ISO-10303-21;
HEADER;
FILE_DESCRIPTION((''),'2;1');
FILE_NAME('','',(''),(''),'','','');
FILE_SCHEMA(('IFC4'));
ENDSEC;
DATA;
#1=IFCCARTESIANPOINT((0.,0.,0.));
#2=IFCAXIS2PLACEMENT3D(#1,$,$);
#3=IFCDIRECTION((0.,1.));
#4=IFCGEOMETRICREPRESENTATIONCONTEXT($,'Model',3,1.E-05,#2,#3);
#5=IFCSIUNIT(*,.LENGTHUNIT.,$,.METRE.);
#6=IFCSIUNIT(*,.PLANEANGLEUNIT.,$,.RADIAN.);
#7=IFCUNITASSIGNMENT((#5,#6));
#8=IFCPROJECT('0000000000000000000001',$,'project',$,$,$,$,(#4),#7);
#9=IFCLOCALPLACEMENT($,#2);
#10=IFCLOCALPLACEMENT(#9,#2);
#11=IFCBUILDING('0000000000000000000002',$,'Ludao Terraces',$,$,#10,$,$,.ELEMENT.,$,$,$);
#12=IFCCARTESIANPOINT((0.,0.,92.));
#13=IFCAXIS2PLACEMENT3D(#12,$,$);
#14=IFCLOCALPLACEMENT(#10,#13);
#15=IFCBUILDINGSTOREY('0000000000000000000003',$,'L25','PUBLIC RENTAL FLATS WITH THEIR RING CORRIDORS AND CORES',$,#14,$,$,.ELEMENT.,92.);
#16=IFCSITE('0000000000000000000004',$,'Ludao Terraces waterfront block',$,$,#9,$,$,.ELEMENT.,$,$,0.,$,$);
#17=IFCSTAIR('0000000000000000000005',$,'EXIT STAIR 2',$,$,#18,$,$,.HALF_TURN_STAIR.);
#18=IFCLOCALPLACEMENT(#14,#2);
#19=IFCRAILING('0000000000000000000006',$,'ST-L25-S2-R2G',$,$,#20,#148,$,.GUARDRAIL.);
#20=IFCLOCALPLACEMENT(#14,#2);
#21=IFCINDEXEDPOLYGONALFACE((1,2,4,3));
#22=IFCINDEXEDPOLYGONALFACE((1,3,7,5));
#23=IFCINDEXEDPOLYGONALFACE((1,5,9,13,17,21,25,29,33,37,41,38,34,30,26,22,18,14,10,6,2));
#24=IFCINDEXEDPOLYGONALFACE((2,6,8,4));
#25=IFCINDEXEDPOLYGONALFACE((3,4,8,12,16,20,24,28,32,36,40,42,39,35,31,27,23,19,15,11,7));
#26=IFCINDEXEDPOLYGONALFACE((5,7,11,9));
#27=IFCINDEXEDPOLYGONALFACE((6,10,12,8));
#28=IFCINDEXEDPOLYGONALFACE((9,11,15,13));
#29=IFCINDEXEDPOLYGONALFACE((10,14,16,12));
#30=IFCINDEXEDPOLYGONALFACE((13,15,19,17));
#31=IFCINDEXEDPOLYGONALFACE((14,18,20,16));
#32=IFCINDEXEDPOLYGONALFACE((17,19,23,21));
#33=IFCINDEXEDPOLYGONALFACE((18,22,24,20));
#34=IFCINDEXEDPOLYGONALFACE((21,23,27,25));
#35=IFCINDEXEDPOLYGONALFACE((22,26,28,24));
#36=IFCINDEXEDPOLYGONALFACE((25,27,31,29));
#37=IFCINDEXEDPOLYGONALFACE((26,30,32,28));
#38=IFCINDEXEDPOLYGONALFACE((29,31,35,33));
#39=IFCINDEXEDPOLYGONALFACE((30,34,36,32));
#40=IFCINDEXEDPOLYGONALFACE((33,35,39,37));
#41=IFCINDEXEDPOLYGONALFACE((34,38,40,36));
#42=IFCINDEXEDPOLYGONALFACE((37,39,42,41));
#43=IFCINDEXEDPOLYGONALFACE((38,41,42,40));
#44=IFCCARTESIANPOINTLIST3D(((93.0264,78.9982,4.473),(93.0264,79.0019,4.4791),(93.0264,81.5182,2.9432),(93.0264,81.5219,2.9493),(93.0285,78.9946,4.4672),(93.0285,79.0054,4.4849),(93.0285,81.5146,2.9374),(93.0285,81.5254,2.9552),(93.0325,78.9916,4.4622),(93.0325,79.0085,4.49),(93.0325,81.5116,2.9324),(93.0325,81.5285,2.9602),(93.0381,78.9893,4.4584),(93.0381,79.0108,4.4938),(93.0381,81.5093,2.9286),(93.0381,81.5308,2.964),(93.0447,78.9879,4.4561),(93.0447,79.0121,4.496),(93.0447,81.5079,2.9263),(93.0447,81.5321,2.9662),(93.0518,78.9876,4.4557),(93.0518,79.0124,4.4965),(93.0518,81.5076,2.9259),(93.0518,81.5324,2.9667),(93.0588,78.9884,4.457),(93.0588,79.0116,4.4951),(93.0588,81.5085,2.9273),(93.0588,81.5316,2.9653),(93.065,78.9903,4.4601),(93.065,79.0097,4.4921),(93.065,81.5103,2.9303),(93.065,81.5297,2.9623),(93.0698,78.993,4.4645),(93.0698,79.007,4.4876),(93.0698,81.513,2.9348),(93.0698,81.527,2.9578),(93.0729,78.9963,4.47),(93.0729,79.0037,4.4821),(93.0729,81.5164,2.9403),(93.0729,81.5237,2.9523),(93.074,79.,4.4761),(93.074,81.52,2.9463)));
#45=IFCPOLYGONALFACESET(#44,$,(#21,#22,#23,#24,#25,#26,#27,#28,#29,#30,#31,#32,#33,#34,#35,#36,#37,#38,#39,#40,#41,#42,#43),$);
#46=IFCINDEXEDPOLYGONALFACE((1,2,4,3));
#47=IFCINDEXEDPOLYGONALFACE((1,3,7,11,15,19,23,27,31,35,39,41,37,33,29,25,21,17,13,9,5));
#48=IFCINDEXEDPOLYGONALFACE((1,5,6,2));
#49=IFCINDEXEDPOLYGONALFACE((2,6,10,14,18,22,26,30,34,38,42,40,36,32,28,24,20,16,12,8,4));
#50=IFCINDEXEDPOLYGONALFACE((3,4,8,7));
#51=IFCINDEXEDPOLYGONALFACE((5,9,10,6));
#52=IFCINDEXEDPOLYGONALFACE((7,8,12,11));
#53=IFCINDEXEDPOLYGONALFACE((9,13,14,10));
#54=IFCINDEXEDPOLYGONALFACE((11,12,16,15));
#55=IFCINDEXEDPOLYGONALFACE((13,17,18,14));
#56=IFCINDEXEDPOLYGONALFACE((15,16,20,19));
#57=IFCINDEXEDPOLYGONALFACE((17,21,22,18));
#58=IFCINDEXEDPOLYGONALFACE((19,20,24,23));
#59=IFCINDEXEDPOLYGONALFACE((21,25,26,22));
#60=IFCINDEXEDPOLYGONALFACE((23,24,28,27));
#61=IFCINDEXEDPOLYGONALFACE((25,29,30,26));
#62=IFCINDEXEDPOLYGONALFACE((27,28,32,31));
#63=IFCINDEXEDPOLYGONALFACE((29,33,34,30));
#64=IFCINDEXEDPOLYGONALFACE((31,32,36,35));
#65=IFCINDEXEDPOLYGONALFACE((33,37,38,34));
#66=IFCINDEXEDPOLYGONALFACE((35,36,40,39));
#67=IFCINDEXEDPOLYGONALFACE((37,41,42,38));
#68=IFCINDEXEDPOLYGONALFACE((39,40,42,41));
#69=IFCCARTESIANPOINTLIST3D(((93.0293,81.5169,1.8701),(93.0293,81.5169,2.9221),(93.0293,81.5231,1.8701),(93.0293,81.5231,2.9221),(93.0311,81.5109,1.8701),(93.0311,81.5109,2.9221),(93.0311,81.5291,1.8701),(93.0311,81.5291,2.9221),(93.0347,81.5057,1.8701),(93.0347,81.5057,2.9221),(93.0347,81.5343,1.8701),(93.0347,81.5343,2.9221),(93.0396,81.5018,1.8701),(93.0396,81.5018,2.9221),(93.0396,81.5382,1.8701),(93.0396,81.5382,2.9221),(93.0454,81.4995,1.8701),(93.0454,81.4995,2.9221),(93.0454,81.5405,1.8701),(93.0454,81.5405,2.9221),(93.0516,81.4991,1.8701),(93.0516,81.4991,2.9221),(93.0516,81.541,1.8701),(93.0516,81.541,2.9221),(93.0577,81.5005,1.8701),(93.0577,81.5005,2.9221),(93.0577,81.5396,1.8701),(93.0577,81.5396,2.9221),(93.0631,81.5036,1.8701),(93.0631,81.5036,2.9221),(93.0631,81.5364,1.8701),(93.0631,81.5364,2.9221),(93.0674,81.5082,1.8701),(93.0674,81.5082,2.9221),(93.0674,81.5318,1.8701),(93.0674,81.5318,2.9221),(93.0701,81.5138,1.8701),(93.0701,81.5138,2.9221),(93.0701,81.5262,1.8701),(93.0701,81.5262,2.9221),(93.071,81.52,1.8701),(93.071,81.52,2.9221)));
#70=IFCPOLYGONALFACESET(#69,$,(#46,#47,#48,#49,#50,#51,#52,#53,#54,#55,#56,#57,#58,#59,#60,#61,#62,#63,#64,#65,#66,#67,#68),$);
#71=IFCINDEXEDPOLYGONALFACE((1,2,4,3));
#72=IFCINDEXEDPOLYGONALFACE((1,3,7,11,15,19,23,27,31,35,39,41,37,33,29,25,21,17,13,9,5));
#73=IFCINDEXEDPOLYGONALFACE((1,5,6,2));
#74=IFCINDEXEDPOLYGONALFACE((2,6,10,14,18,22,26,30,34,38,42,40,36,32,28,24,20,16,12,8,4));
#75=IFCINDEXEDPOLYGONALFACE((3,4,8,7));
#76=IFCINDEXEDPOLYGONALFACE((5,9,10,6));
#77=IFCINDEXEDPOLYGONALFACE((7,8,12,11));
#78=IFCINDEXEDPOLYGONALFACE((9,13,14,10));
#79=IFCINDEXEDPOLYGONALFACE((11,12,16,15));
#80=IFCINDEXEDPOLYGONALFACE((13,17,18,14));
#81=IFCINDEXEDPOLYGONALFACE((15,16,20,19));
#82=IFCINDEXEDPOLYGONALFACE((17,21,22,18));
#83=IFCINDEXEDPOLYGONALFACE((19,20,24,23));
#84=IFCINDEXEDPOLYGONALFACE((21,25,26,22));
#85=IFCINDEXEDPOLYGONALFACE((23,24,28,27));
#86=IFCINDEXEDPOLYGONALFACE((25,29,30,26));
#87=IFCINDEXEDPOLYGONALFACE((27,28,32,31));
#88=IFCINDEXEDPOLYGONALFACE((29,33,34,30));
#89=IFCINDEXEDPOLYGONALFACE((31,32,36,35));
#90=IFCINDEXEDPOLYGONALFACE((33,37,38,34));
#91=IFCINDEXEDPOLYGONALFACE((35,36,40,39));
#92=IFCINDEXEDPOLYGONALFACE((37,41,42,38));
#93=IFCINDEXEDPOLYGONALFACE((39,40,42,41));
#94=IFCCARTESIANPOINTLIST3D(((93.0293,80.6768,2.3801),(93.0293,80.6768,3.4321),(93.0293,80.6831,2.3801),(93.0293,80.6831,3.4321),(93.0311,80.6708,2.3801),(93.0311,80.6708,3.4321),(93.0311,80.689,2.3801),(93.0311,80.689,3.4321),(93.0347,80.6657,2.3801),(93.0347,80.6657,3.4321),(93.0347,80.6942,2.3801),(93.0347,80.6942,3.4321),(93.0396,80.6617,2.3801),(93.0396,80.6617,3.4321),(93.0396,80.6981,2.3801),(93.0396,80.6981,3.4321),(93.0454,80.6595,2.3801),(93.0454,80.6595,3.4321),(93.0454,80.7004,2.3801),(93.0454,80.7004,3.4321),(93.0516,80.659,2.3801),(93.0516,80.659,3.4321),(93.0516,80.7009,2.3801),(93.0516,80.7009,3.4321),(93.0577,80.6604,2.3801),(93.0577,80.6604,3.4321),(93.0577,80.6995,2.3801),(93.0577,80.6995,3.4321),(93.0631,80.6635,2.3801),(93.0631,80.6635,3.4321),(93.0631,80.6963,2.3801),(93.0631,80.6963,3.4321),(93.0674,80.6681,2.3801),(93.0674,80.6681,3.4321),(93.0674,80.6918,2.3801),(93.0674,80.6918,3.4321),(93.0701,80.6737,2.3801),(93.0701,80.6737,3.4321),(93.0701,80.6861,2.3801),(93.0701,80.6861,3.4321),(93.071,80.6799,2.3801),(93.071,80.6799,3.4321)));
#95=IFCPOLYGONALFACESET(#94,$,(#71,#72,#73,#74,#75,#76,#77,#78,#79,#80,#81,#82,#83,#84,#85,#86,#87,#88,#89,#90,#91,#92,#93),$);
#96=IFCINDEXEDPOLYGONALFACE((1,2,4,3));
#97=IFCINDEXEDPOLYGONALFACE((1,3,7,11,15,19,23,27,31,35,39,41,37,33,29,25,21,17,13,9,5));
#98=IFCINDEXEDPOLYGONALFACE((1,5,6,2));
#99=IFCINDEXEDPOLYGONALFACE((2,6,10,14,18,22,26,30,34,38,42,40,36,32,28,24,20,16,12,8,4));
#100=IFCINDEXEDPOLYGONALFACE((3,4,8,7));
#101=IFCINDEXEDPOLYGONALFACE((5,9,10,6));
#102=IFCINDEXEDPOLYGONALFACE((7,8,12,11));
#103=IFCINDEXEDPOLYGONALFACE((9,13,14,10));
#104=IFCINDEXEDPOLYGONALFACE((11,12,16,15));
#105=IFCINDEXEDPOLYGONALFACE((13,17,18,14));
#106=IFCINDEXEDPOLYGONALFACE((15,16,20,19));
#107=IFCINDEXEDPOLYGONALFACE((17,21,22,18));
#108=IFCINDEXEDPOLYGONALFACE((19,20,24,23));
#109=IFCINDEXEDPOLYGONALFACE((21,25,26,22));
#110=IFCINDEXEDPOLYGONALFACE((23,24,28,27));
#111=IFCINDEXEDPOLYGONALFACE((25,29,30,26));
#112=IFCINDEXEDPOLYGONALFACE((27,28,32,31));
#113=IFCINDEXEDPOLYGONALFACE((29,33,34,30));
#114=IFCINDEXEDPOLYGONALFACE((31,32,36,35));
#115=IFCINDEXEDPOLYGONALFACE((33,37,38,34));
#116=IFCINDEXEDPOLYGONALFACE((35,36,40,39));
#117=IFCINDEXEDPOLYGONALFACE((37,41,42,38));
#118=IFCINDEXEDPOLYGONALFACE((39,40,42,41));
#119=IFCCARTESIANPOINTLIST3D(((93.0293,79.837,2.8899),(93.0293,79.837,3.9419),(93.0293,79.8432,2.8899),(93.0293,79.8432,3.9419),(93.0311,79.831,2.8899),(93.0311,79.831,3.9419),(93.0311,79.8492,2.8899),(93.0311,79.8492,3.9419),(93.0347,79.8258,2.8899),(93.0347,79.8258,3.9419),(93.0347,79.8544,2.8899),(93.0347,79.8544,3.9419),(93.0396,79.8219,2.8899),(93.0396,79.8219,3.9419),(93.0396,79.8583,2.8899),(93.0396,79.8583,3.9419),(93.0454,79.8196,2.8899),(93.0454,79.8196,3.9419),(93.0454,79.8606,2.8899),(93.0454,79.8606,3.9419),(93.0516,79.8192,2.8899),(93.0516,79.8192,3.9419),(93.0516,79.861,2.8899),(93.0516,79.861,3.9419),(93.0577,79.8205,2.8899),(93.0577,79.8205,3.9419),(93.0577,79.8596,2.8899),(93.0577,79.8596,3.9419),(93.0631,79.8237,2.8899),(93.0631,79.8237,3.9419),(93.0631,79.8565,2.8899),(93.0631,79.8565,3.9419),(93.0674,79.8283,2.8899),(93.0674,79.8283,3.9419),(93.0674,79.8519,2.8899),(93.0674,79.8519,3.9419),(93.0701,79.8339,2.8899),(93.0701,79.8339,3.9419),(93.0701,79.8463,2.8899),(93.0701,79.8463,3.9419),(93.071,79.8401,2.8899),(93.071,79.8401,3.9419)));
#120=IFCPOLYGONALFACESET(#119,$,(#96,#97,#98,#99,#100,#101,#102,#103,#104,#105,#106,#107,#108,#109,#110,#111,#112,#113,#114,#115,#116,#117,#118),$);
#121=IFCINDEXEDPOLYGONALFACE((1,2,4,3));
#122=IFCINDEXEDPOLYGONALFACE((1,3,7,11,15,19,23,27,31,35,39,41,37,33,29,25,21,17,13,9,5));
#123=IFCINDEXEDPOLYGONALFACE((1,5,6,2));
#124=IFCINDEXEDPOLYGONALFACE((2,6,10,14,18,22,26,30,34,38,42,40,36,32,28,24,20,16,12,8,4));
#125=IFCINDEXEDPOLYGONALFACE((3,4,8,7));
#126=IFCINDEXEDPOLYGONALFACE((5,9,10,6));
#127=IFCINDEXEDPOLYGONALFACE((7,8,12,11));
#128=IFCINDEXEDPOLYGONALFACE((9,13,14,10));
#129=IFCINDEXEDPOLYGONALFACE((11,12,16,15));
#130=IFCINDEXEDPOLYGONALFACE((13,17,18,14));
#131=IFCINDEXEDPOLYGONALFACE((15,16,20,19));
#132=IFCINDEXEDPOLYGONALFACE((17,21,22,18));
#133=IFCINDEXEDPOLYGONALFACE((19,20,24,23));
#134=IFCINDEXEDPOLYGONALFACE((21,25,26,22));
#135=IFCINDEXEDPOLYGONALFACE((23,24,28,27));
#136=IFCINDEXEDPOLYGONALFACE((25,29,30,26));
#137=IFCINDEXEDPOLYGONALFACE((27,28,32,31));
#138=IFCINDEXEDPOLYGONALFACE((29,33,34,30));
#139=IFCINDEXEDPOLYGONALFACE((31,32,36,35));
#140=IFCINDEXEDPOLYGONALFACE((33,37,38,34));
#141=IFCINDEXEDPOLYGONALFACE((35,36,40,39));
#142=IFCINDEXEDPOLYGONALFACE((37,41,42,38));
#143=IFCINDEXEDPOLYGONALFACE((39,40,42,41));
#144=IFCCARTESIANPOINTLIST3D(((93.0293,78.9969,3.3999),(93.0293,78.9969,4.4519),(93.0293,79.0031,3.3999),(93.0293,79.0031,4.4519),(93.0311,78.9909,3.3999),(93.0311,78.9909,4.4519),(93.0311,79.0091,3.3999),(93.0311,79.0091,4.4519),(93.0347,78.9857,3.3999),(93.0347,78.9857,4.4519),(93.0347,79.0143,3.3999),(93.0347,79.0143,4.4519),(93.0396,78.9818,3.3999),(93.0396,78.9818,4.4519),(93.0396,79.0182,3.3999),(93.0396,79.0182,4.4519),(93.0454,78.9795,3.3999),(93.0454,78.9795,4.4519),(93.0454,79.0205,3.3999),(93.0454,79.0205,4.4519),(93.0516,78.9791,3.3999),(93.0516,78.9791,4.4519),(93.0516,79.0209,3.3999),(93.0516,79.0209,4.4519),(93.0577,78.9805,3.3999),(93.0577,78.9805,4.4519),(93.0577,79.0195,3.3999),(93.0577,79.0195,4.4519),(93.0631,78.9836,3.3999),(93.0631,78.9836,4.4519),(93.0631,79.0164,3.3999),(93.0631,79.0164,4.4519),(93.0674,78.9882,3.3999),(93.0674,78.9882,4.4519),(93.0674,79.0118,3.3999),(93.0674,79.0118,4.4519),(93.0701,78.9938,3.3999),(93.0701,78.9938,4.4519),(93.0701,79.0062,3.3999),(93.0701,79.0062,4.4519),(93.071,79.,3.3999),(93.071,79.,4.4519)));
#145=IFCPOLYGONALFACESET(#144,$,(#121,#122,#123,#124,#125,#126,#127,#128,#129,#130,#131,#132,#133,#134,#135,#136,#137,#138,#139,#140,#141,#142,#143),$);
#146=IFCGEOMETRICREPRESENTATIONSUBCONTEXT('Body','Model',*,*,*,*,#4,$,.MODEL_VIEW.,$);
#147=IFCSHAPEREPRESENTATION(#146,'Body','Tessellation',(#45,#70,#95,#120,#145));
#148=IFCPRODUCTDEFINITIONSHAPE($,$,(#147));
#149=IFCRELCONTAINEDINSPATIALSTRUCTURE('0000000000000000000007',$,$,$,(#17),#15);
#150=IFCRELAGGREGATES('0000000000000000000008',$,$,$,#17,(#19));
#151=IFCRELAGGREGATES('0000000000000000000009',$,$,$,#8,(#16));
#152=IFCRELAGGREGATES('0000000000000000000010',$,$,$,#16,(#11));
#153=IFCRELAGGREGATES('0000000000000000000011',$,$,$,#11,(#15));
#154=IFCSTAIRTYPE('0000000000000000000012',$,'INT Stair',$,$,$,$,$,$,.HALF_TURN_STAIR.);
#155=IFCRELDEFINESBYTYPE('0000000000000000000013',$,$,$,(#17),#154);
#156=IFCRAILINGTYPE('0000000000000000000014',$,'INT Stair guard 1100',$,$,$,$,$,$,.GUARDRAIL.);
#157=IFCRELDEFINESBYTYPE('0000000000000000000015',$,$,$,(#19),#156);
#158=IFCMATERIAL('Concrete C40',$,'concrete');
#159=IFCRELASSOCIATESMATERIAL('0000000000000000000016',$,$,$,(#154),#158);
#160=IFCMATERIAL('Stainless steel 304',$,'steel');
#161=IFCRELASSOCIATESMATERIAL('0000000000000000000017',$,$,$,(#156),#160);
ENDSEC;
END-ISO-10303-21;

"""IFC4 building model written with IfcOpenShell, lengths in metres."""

from ifc_helpers import new_model, si_unit, direction, frame, origin, origin_2d, place, context, subcontext, project, spatial, circle, extrude, material, type_object, element, aggregate, save


model = new_model("IFC4")

# Units and contexts
model_context = context("Model", 3, precision=1e-05, world=origin(), true_north=direction((0.0, 1.0)))
body_context = subcontext(model_context, "Body", "Model", "MODEL_VIEW")
ifc_project = project(units=[si_unit("LENGTHUNIT", "METRE"), si_unit("PLANEANGLEUNIT", "RADIAN")], contexts=[model_context])

# Site, building, storey
site_placement = place(None, origin())
site = spatial("IfcSite", under=ifc_project, at=site_placement, Name="Ludao Terraces waterfront block", CompositionType="ELEMENT", RefElevation=0.0)
building_placement = place(site_placement, origin())
building = spatial("IfcBuilding", under=site, at=building_placement, Name="Ludao Terraces", CompositionType="ELEMENT")
storey_placement = place(building_placement, frame((0.0, 0.0, 92.0)))
storey = spatial("IfcBuildingStorey", under=building, at=storey_placement, Name="L25", Description="PUBLIC RENTAL FLATS WITH THEIR RING CORRIDORS AND CORES", CompositionType="ELEMENT", Elevation=92.0)

# Shared definitions
ifc_material_1 = material(Name="Concrete C40", Category="concrete")

# Stair, railing
stair_type = type_object("IfcStairType", Name="INT Stair", PredefinedType="HALF_TURN_STAIR", material=ifc_material_1)
stair_placement = place(storey_placement, origin())
stair = element("IfcStair", 1, at=stair_placement, inside=storey, type_object=stair_type, Name="EXIT STAIR 2", PredefinedType="HALF_TURN_STAIR")
ifc_material_2 = material(Name="Stainless steel 304", Category="steel")
railing_type_1 = type_object("IfcRailingType", Name="INT Stair guard 1100", PredefinedType="GUARDRAIL", material=ifc_material_2)
railing_1_placement = place(storey_placement, frame((93.05, 81.52, 1.8701)))
railing_1 = element("IfcRailing", 2, at=railing_1_placement, type_object=railing_type_1, Name="ST-L25-S2-R2G", PredefinedType="GUARDRAIL", context=body_context, shape_type="SweptSolid", body=[
    extrude(circle(Radius=0.0239, at=origin_2d()), frame((0.0, 0.0, 1.0762), z_axis=(0.0, -0.854822, 0.518922), x_axis=(1.0, 0.0, 0.0)), (0.0, 0.0, 1.0), 2.948),
    extrude(circle(Radius=0.021, at=origin_2d()), origin(), (0.0, 0.0, 1.0), 1.052),
    extrude(circle(Radius=0.021, at=origin_2d()), frame((0.0, -0.8401, 0.51)), (0.0, 0.0, 1.0), 1.052),
    extrude(circle(Radius=0.021, at=origin_2d()), frame((0.0, -1.6799, 1.0198)), (0.0, 0.0, 1.0), 1.052),
    extrude(circle(Radius=0.021, at=origin_2d()), frame((0.0, -2.52, 1.5298)), (0.0, 0.0, 1.0), 1.052),
])
aggregate(stair, [railing_1])

save(model, "model.ifc")
